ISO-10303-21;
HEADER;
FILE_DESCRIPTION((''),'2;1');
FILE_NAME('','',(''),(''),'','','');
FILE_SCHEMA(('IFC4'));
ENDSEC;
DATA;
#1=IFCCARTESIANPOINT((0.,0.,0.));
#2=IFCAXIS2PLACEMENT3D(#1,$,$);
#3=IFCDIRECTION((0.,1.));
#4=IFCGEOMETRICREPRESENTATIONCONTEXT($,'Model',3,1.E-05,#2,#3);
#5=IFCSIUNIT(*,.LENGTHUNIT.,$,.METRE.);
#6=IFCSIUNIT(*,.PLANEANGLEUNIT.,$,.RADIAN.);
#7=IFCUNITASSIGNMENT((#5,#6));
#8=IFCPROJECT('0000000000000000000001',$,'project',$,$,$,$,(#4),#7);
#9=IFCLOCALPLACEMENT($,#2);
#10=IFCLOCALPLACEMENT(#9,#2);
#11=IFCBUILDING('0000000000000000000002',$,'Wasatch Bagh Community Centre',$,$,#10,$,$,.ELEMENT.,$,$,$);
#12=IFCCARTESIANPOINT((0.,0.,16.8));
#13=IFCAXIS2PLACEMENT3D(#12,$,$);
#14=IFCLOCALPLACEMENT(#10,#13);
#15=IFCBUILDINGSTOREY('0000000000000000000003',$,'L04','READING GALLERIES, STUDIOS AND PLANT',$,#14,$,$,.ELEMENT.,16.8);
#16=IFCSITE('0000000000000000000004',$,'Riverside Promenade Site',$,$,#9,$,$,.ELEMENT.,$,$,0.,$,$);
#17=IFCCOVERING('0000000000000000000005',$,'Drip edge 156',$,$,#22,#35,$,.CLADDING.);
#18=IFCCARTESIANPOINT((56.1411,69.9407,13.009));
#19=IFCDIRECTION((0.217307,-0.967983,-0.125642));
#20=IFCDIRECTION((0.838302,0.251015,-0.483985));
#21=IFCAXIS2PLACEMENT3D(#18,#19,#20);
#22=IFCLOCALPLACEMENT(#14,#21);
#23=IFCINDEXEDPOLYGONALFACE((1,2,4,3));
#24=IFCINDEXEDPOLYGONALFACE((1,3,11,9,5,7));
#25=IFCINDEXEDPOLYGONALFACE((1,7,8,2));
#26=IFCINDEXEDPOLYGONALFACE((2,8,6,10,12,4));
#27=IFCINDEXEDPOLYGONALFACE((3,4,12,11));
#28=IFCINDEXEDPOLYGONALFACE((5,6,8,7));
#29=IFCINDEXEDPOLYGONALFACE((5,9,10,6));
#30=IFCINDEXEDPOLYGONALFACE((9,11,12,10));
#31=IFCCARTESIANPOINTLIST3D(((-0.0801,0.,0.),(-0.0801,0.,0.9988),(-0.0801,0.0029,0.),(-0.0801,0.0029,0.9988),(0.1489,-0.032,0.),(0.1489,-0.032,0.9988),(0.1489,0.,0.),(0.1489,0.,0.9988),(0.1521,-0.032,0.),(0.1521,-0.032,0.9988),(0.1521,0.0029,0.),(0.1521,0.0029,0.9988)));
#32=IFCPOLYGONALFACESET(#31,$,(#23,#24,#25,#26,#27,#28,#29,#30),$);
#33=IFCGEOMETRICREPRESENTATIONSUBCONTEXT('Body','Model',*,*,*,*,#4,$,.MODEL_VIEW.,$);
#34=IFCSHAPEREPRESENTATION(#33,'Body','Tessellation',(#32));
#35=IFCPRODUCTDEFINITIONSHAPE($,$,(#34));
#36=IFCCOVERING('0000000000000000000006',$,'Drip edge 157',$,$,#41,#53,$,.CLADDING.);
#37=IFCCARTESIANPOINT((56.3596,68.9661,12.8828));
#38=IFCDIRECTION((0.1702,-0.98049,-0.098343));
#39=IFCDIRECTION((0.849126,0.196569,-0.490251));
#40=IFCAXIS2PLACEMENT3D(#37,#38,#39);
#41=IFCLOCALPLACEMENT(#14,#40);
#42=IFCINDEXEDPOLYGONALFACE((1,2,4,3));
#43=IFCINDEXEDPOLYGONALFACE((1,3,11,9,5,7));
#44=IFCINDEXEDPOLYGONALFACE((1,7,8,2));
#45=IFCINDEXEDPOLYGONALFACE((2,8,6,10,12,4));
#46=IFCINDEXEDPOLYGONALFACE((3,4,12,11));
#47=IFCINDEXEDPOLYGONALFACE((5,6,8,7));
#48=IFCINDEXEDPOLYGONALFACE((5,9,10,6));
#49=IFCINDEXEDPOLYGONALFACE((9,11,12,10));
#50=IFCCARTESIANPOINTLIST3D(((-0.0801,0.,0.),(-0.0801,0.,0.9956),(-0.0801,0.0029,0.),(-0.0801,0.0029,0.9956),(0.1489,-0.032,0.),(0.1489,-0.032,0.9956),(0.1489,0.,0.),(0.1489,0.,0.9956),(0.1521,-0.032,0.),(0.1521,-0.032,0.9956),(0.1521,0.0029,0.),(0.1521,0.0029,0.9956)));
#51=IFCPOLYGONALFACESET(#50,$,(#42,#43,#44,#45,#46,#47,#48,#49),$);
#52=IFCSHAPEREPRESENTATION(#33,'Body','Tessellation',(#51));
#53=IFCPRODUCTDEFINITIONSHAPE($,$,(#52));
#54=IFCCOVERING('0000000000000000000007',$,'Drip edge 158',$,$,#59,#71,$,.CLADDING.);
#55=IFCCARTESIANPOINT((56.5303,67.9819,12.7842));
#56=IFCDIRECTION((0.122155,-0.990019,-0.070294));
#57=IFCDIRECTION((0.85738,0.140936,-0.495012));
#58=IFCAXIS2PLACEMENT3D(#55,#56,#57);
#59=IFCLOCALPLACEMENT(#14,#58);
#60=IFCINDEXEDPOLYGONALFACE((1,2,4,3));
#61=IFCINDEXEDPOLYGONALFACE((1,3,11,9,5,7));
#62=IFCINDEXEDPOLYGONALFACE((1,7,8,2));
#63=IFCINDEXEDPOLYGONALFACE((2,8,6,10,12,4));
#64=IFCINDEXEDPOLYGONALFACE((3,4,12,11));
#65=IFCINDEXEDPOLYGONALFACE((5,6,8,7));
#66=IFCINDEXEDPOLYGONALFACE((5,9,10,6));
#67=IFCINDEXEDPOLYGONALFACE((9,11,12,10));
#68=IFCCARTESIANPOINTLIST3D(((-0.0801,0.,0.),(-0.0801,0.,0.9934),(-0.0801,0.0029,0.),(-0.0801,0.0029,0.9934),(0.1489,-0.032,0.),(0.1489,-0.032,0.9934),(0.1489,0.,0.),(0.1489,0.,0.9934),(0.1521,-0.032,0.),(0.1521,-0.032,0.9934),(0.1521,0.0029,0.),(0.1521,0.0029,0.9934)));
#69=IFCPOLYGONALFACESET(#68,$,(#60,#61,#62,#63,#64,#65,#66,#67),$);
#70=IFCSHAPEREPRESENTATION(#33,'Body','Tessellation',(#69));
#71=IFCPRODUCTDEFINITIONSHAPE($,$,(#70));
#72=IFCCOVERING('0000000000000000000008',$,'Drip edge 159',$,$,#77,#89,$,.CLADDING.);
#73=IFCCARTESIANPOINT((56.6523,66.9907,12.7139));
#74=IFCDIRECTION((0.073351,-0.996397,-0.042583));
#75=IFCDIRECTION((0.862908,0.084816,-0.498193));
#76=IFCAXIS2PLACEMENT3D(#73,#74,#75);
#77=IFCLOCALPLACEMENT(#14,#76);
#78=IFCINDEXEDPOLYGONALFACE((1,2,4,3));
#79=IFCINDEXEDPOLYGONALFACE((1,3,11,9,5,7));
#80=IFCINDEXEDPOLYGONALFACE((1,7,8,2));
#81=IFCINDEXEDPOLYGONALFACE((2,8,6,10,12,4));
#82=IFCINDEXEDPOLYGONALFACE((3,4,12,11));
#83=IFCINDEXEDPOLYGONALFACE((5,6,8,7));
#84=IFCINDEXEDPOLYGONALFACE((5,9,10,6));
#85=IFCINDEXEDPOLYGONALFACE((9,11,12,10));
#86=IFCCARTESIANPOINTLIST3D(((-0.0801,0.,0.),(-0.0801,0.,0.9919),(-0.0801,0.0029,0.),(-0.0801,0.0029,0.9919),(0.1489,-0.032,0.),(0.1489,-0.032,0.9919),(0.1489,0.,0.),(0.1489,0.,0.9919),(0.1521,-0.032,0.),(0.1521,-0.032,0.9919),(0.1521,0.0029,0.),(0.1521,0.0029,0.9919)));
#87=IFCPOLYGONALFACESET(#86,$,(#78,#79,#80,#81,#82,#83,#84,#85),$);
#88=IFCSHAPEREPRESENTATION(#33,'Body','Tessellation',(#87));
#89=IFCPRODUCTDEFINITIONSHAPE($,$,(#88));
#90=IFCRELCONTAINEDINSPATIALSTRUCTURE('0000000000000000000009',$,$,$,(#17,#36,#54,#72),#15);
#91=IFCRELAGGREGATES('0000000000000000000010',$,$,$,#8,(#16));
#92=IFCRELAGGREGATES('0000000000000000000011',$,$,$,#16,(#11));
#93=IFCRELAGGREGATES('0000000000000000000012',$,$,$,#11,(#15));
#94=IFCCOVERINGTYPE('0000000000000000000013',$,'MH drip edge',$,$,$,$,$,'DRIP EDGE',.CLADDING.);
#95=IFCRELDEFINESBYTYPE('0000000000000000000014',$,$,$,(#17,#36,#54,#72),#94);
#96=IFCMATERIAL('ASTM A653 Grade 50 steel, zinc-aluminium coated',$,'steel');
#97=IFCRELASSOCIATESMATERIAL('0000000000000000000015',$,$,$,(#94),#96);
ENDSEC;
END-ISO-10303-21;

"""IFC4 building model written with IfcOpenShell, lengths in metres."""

from ifc_helpers import new_model, si_unit, direction, frame, origin, place, context, subcontext, project, spatial, polyline, outline, extrude, material, material_profile, profile_set, type_object, element, save


model = new_model("IFC4")

# Units and contexts
model_context = context("Model", 3, precision=1e-05, world=origin(), true_north=direction((0.0, 1.0)))
body_context = subcontext(model_context, "Body", "Model", "MODEL_VIEW")
ifc_project = project(units=[si_unit("LENGTHUNIT", "METRE"), si_unit("PLANEANGLEUNIT", "RADIAN")], contexts=[model_context])

# Site, building, storey
site_placement = place(None, origin())
site = spatial("IfcSite", under=ifc_project, at=site_placement, Name="Riverside Promenade Site", CompositionType="ELEMENT", RefElevation=0.0)
building_placement = place(site_placement, origin())
building = spatial("IfcBuilding", under=site, at=building_placement, Name="Wasatch Bagh Community Centre", CompositionType="ELEMENT")
storey_placement = place(building_placement, frame((0.0, 0.0, 16.8)))
storey = spatial("IfcBuildingStorey", under=building, at=storey_placement, Name="L04", Description="READING GALLERIES, STUDIOS AND PLANT", CompositionType="ELEMENT", Elevation=16.8)

# Coverings
ifc_material_1 = material(Name="ASTM A653 Grade 50 steel, zinc-aluminium coated", Category="steel")
ifc_material_profile_1 = material_profile(ifc_material_1, outline(polyline([(-0.0801, 0.0029), (0.1521, 0.0029), (0.1521, -0.032), (0.1489, -0.032), (0.1489, 0.0), (-0.0801, 0.0), (-0.0801, 0.0029)])), Name="DRIP EDGE")
ifc_profile_set_1 = profile_set([ifc_material_profile_1], Name="ASTM A653 Grade 50 steel, zinc-aluminium coated")
covering_type_1 = type_object("IfcCoveringType", Name="MH drip edge", ElementType="DRIP EDGE", PredefinedType="CLADDING", material=ifc_profile_set_1)
covering_1_placement = place(storey_placement, frame((56.1411, 69.9407, 13.009), z_axis=(0.217307, -0.967983, -0.125642), x_axis=(0.838302, 0.251015, -0.483985)))
element("IfcCovering", 1, at=covering_1_placement, inside=storey, type_object=covering_type_1, Name="Drip edge 156", PredefinedType="CLADDING", context=body_context, shape_type="SweptSolid", body=[
    extrude(outline(polyline([(-0.0801, 0.0029), (0.1521, 0.0029), (0.1521, -0.032), (0.1489, -0.032), (0.1489, 0.0), (-0.0801, 0.0), (-0.0801, 0.0029)])), origin(), (0.0, 0.0, 1.0), 0.9988),
])
covering_2_placement = place(storey_placement, frame((56.3596, 68.9661, 12.8828), z_axis=(0.1702, -0.98049, -0.098343), x_axis=(0.849126, 0.196569, -0.490251)))
element("IfcCovering", 2, at=covering_2_placement, inside=storey, type_object=covering_type_1, Name="Drip edge 157", PredefinedType="CLADDING", context=body_context, shape_type="SweptSolid", body=[
    extrude(outline(polyline([(-0.0801, 0.0029), (0.1521, 0.0029), (0.1521, -0.032), (0.1489, -0.032), (0.1489, 0.0), (-0.0801, 0.0), (-0.0801, 0.0029)])), origin(), (0.0, 0.0, 1.0), 0.9956),
])
covering_3_placement = place(storey_placement, frame((56.5303, 67.9819, 12.7842), z_axis=(0.122155, -0.990019, -0.070294), x_axis=(0.85738, 0.140936, -0.495012)))
element("IfcCovering", 3, at=covering_3_placement, inside=storey, type_object=covering_type_1, Name="Drip edge 158", PredefinedType="CLADDING", context=body_context, shape_type="SweptSolid", body=[
    extrude(outline(polyline([(-0.0801, 0.0029), (0.1521, 0.0029), (0.1521, -0.032), (0.1489, -0.032), (0.1489, 0.0), (-0.0801, 0.0), (-0.0801, 0.0029)])), origin(), (0.0, 0.0, 1.0), 0.9934),
])
covering_4_placement = place(storey_placement, frame((56.6523, 66.9907, 12.7139), z_axis=(0.073351, -0.996397, -0.042583), x_axis=(0.862908, 0.084816, -0.498193)))
element("IfcCovering", 4, at=covering_4_placement, inside=storey, type_object=covering_type_1, Name="Drip edge 159", PredefinedType="CLADDING", context=body_context, shape_type="SweptSolid", body=[
    extrude(outline(polyline([(-0.0801, 0.0029), (0.1521, 0.0029), (0.1521, -0.032), (0.1489, -0.032), (0.1489, 0.0), (-0.0801, 0.0), (-0.0801, 0.0029)])), origin(), (0.0, 0.0, 1.0), 0.9919),
])

save(model, "model.ifc")
